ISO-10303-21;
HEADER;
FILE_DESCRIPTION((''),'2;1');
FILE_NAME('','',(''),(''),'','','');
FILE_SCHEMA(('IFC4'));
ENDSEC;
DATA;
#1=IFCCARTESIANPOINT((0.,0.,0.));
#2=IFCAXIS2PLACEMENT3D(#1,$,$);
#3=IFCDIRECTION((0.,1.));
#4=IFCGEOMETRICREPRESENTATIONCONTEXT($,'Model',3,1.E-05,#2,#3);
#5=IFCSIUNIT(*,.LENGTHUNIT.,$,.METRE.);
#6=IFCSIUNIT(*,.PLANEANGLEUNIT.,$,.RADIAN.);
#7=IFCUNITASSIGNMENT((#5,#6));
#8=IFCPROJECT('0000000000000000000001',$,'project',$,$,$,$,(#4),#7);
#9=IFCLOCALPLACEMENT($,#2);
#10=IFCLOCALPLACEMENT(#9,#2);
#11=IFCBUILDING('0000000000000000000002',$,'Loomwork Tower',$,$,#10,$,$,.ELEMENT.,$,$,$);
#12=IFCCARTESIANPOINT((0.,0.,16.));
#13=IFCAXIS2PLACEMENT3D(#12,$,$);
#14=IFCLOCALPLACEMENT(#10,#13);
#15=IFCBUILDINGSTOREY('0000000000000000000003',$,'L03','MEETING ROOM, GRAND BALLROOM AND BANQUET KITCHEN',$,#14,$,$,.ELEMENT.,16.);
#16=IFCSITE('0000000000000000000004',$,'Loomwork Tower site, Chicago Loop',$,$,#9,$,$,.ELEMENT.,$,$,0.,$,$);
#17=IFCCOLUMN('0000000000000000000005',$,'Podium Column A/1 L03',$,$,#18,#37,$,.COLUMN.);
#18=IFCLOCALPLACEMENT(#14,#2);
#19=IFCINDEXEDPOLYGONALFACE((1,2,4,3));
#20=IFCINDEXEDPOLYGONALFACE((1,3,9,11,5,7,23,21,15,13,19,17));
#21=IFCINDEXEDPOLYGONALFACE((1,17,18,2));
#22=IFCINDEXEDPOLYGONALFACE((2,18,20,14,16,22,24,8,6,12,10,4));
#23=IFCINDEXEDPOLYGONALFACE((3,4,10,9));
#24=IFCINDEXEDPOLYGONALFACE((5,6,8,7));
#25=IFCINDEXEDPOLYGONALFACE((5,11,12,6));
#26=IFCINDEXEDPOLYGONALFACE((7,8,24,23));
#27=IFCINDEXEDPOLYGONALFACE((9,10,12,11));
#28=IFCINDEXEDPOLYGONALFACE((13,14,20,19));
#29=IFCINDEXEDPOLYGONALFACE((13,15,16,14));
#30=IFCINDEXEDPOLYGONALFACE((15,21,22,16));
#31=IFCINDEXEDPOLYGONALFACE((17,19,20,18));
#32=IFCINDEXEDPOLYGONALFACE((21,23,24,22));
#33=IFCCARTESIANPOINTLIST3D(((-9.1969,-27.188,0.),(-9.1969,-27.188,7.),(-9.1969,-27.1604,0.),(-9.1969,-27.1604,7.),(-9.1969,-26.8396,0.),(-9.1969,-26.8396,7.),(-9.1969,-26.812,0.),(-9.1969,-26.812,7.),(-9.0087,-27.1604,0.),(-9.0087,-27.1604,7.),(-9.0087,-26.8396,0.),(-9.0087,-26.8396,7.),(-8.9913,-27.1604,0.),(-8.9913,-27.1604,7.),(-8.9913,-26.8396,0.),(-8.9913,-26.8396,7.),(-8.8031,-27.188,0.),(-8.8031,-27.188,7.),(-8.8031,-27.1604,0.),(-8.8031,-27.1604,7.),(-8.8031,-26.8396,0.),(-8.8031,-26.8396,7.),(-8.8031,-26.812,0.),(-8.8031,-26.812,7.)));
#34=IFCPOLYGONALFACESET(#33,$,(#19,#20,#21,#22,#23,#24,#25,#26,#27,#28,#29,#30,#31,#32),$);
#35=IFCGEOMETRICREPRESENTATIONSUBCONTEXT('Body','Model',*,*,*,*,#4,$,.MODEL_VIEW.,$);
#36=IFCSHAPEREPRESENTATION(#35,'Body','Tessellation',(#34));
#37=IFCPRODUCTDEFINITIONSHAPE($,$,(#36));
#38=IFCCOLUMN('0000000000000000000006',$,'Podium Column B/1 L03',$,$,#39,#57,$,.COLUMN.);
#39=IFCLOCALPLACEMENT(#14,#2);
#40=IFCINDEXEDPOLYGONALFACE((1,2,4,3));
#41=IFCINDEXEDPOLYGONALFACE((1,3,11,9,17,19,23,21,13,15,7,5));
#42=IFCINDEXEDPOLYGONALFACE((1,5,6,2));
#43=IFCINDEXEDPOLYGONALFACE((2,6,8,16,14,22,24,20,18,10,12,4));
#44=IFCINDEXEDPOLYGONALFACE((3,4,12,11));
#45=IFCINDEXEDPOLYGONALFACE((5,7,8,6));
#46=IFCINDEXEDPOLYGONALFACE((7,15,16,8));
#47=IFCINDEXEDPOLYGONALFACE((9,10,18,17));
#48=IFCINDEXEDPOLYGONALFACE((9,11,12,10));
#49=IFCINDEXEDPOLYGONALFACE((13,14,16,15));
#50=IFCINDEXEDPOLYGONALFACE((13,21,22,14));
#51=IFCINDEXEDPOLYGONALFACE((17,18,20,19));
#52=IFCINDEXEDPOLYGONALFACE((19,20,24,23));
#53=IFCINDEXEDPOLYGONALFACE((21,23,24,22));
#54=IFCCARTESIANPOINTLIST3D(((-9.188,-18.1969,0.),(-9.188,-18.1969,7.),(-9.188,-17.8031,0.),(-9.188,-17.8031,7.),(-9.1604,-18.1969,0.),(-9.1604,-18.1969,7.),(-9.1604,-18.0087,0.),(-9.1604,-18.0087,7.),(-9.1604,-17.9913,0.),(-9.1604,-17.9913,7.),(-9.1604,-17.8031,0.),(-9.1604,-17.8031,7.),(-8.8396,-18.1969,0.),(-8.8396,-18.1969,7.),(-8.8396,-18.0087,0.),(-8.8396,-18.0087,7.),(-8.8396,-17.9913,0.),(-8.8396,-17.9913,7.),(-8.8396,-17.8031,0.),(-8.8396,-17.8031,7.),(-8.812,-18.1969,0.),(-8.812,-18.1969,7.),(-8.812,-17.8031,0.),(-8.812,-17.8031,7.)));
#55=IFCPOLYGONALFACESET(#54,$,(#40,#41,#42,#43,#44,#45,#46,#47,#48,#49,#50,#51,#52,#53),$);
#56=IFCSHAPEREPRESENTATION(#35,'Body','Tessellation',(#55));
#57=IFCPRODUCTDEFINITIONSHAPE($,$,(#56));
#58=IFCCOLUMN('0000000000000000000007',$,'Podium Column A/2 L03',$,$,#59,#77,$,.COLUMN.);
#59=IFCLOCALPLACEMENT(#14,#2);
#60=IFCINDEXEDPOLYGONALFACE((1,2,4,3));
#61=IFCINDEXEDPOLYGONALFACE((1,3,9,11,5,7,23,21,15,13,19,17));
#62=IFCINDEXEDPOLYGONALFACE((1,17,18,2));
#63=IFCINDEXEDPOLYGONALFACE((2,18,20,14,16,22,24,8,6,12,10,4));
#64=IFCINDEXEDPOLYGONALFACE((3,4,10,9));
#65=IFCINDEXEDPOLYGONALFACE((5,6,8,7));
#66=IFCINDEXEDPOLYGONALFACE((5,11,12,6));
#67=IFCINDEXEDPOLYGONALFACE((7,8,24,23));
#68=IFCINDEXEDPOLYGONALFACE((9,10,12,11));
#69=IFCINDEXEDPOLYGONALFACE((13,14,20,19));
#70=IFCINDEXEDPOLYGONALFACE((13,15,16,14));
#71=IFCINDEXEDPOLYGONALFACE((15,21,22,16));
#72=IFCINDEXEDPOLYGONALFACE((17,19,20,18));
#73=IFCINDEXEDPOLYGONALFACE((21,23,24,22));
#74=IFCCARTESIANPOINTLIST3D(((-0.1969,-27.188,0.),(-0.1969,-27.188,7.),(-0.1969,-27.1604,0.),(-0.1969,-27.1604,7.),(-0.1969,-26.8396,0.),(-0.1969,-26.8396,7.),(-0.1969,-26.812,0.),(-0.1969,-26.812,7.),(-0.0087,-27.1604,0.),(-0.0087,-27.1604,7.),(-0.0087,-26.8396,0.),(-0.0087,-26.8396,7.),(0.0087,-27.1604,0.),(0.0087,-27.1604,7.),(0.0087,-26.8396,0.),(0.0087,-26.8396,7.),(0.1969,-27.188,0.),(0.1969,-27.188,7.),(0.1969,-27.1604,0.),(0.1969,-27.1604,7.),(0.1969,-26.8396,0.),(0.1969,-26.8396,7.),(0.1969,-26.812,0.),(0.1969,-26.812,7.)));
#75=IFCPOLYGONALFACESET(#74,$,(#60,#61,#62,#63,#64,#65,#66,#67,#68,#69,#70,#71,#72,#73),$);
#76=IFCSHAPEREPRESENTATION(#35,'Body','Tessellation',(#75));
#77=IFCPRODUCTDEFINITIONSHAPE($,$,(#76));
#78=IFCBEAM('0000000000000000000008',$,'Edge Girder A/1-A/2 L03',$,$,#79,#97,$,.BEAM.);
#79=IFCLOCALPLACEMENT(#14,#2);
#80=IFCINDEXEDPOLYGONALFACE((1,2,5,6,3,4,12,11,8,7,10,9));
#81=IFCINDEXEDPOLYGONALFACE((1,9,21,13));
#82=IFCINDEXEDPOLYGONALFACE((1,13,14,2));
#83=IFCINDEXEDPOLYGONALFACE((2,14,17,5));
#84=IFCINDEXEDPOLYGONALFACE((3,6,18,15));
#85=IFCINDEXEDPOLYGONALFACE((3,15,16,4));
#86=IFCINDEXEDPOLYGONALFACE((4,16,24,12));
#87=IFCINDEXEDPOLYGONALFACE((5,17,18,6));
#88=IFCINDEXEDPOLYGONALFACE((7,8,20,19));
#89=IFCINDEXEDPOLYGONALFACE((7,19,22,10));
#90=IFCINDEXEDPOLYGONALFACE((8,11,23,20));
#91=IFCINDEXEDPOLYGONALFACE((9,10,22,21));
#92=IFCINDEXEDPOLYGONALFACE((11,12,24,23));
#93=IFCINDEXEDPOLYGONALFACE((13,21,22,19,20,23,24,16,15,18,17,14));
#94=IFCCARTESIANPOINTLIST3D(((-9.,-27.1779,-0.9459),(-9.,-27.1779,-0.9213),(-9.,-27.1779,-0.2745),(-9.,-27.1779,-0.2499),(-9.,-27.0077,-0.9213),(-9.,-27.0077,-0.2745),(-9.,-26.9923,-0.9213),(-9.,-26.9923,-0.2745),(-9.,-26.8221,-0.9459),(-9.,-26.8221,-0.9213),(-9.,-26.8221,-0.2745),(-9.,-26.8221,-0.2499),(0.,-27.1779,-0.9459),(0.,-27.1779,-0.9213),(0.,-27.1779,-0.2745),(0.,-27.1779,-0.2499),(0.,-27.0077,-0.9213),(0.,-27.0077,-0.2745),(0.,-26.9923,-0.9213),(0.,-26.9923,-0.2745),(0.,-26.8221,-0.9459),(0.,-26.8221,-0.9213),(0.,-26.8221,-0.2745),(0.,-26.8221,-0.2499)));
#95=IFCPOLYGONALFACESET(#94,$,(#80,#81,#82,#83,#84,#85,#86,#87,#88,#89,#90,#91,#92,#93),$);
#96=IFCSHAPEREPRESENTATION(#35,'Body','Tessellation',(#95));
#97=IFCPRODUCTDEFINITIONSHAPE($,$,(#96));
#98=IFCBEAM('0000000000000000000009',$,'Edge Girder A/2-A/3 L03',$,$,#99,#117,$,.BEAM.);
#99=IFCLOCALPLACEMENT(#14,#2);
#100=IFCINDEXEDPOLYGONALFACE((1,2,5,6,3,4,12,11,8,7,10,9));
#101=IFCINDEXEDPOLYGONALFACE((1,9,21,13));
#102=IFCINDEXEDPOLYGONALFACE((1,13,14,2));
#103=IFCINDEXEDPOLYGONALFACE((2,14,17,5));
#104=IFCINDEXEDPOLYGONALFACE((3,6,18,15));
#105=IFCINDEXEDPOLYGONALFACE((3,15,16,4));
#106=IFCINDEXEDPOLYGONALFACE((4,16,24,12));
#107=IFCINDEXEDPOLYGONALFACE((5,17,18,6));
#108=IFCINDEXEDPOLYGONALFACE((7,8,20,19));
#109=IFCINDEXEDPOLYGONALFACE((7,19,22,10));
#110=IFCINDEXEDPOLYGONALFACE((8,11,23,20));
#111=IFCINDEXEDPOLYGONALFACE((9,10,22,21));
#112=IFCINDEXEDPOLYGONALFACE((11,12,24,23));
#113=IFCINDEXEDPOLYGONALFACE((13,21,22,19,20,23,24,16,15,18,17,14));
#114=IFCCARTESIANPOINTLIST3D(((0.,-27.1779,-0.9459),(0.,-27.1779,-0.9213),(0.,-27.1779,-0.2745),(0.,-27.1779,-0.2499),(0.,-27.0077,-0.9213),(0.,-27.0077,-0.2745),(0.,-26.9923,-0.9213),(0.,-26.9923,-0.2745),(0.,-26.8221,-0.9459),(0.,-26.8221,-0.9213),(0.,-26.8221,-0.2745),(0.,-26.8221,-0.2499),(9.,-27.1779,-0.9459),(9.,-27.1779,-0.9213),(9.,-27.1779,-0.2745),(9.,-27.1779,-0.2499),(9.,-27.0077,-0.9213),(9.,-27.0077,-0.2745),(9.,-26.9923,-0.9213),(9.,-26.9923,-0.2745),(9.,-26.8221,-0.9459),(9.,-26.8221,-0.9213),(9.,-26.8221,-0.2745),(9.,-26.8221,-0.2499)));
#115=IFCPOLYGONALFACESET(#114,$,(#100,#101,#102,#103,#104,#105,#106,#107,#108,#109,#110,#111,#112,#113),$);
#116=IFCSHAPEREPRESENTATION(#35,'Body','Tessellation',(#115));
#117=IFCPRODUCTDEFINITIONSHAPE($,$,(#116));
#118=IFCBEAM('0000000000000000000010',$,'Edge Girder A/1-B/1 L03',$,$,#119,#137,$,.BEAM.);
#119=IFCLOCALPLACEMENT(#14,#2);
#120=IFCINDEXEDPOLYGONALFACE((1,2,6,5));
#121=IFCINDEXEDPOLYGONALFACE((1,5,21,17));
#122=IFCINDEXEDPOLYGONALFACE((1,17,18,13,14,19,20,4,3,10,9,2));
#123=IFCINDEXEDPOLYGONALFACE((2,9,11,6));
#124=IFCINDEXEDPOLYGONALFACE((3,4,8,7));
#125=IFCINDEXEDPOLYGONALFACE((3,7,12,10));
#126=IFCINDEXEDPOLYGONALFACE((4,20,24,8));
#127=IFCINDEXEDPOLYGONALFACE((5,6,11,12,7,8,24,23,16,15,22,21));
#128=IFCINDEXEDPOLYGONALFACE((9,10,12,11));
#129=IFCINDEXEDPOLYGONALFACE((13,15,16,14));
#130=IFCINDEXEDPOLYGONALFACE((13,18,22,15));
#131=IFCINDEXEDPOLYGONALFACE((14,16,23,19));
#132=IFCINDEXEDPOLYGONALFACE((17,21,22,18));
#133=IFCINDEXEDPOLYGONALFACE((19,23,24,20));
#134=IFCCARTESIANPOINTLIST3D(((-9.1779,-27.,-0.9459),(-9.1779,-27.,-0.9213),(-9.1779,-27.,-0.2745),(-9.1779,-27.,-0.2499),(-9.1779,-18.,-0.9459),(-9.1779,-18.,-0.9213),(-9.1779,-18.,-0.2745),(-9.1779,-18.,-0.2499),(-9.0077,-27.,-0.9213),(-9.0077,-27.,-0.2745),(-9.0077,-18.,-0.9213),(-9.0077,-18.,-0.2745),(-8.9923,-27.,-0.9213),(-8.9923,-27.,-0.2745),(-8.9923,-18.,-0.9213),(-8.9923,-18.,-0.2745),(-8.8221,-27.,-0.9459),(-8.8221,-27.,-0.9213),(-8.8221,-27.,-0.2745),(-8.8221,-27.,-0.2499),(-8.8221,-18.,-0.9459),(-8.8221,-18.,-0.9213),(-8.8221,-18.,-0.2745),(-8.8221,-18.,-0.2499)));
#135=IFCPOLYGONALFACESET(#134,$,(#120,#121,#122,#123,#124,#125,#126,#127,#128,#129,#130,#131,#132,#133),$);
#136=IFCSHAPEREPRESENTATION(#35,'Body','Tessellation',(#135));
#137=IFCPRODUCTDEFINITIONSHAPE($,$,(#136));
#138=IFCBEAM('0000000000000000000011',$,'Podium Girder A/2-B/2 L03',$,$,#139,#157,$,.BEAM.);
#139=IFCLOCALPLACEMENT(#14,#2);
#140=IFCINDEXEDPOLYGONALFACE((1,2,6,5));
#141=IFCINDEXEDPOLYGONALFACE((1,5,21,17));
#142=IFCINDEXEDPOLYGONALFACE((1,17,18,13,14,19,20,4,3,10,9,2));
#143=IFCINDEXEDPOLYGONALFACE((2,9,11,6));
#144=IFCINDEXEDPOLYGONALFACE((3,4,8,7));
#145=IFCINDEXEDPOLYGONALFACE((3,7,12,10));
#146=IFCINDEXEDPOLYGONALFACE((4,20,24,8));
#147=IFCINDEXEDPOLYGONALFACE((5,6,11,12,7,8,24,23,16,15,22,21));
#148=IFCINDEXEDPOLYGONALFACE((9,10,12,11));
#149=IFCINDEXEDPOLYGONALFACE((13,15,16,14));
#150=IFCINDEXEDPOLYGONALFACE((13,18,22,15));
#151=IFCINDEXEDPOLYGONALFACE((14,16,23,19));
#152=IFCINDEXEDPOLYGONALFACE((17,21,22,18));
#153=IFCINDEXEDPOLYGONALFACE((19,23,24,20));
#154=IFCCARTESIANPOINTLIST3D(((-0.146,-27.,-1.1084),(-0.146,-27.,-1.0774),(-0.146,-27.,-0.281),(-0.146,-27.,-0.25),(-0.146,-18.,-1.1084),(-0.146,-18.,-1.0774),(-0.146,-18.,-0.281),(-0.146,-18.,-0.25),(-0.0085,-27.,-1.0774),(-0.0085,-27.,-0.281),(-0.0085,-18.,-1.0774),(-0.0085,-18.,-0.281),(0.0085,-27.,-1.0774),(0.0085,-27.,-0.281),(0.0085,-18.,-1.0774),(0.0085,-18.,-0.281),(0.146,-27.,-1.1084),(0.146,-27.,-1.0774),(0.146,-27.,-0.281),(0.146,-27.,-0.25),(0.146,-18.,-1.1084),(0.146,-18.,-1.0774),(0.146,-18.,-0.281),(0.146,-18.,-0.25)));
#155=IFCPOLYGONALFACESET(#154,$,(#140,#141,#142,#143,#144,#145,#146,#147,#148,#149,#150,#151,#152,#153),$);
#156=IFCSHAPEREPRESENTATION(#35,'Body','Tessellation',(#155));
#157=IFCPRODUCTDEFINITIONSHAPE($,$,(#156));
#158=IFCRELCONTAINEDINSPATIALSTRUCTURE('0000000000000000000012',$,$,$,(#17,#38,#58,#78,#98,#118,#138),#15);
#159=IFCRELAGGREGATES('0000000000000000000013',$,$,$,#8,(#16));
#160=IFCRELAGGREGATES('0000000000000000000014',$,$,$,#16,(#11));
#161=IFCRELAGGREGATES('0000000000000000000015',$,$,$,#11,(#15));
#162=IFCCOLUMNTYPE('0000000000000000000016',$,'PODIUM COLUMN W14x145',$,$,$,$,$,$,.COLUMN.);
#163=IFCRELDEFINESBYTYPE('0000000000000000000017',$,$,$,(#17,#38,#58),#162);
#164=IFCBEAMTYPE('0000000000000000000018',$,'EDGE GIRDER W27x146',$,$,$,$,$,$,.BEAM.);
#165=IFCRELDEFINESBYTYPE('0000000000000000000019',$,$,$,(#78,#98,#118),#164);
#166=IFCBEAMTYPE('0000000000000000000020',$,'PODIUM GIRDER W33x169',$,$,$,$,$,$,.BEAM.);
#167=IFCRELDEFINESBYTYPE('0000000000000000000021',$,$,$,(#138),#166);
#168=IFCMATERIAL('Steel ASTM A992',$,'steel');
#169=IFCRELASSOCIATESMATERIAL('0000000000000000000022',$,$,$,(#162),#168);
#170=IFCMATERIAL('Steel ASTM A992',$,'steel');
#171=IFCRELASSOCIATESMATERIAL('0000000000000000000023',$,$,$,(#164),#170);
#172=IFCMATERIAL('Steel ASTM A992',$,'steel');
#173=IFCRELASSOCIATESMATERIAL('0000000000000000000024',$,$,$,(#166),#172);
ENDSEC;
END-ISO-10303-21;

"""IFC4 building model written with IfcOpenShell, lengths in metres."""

from ifc_helpers import new_model, si_unit, direction, frame, origin, origin_2d, place, context, subcontext, project, spatial, i_section, extrude, material, material_profile, profile_set, type_object, element, save


model = new_model("IFC4")

# Units and contexts
model_context = context("Model", 3, precision=1e-05, world=origin(), true_north=direction((0.0, 1.0)))
body_context = subcontext(model_context, "Body", "Model", "MODEL_VIEW")
ifc_project = project(units=[si_unit("LENGTHUNIT", "METRE"), si_unit("PLANEANGLEUNIT", "RADIAN")], contexts=[model_context])

# Site, building, storey
site_placement = place(None, origin())
site = spatial("IfcSite", under=ifc_project, at=site_placement, Name="Loomwork Tower site, Chicago Loop", CompositionType="ELEMENT", RefElevation=0.0)
building_placement = place(site_placement, origin())
building = spatial("IfcBuilding", under=site, at=building_placement, Name="Loomwork Tower", CompositionType="ELEMENT")
storey_placement = place(building_placement, frame((0.0, 0.0, 16.0)))
storey = spatial("IfcBuildingStorey", under=building, at=storey_placement, Name="L03", Description="MEETING ROOM, GRAND BALLROOM AND BANQUET KITCHEN", CompositionType="ELEMENT", Elevation=16.0)

# Columns
ifc_material_1 = material(Name="Steel ASTM A992", Category="steel")
ifc_material_profile_1 = material_profile(ifc_material_1, i_section(OverallWidth=0.3938, OverallDepth=0.376, WebThickness=0.0173, FlangeThickness=0.0276, at=origin_2d()), Name="W14x145")
ifc_profile_set_1 = profile_set([ifc_material_profile_1], Name="Steel ASTM A992")
column_type = type_object("IfcColumnType", Name="PODIUM COLUMN W14x145", PredefinedType="COLUMN", material=ifc_profile_set_1)
for number, where, z_axis, x_axis, name in (
    (1, (-9.0, -27.0, 0.0), (0.0, 0.0, 1.0), (1.0, 0.0, 0.0), "Podium Column A/1 L03"),
    (2, (-9.0, -18.0, 0.0), (0.0, 0.0, 1.0), (0.0, 1.0, 0.0), "Podium Column B/1 L03"),
    (3, (0.0, -27.0, 0.0), (0.0, 0.0, 1.0), (1.0, 0.0, 0.0), "Podium Column A/2 L03"),
):
    element("IfcColumn", number, at=place(storey_placement, frame(where, z_axis=z_axis, x_axis=x_axis)), inside=storey, type_object=column_type, Name=name, PredefinedType="COLUMN", context=body_context, shape_type="SweptSolid", body=[
        extrude(i_section(OverallWidth=0.3938, OverallDepth=0.376, WebThickness=0.0173, FlangeThickness=0.0276, at=origin_2d()), origin(), (0.0, 0.0, 1.0), 7.0),
    ])

# Beams
ifc_material_2 = material(Name="Steel ASTM A992", Category="steel")
ifc_material_profile_2 = material_profile(ifc_material_2, i_section(OverallWidth=0.3557, OverallDepth=0.696, WebThickness=0.0154, FlangeThickness=0.0247, at=origin_2d()), Name="W27x146")
ifc_profile_set_2 = profile_set([ifc_material_profile_2], Name="Steel ASTM A992")
beam_type_1 = type_object("IfcBeamType", Name="EDGE GIRDER W27x146", PredefinedType="BEAM", material=ifc_profile_set_2)
for number, where, z_axis, x_axis, name in (
    (4, (-9.0, -27.0, -0.5979), (1.0, 0.0, 0.0), (0.0, 1.0, 0.0), "Edge Girder A/1-A/2 L03"),
    (5, (0.0, -27.0, -0.5979), (1.0, 0.0, 0.0), (0.0, 1.0, 0.0), "Edge Girder A/2-A/3 L03"),
    (6, (-9.0, -27.0, -0.5979), (0.0, 1.0, 0.0), (-1.0, 0.0, 0.0), "Edge Girder A/1-B/1 L03"),
):
    element("IfcBeam", number, at=place(storey_placement, frame(where, z_axis=z_axis, x_axis=x_axis)), inside=storey, type_object=beam_type_1, Name=name, PredefinedType="BEAM", context=body_context, shape_type="SweptSolid", body=[
        extrude(i_section(OverallWidth=0.3557, OverallDepth=0.696, WebThickness=0.0154, FlangeThickness=0.0247, at=origin_2d()), origin(), (0.0, 0.0, 1.0), 9.0),
    ])
ifc_material_3 = material(Name="Steel ASTM A992", Category="steel")
ifc_material_profile_3 = material_profile(ifc_material_3, i_section(OverallWidth=0.292, OverallDepth=0.8584, WebThickness=0.0171, FlangeThickness=0.031, at=origin_2d()), Name="W33x169")
ifc_profile_set_3 = profile_set([ifc_material_profile_3], Name="Steel ASTM A992")
beam_type_2 = type_object("IfcBeamType", Name="PODIUM GIRDER W33x169", PredefinedType="BEAM", material=ifc_profile_set_3)
beam_placement = place(storey_placement, frame((0.0, -27.0, -0.6792), z_axis=(0.0, 1.0, 0.0), x_axis=(-1.0, 0.0, 0.0)))
element("IfcBeam", 7, at=beam_placement, inside=storey, type_object=beam_type_2, Name="Podium Girder A/2-B/2 L03", PredefinedType="BEAM", context=body_context, shape_type="SweptSolid", body=[
    extrude(i_section(OverallWidth=0.292, OverallDepth=0.8584, WebThickness=0.0171, FlangeThickness=0.031, at=origin_2d()), origin(), (0.0, 0.0, 1.0), 9.0),
])

save(model, "model.ifc")
